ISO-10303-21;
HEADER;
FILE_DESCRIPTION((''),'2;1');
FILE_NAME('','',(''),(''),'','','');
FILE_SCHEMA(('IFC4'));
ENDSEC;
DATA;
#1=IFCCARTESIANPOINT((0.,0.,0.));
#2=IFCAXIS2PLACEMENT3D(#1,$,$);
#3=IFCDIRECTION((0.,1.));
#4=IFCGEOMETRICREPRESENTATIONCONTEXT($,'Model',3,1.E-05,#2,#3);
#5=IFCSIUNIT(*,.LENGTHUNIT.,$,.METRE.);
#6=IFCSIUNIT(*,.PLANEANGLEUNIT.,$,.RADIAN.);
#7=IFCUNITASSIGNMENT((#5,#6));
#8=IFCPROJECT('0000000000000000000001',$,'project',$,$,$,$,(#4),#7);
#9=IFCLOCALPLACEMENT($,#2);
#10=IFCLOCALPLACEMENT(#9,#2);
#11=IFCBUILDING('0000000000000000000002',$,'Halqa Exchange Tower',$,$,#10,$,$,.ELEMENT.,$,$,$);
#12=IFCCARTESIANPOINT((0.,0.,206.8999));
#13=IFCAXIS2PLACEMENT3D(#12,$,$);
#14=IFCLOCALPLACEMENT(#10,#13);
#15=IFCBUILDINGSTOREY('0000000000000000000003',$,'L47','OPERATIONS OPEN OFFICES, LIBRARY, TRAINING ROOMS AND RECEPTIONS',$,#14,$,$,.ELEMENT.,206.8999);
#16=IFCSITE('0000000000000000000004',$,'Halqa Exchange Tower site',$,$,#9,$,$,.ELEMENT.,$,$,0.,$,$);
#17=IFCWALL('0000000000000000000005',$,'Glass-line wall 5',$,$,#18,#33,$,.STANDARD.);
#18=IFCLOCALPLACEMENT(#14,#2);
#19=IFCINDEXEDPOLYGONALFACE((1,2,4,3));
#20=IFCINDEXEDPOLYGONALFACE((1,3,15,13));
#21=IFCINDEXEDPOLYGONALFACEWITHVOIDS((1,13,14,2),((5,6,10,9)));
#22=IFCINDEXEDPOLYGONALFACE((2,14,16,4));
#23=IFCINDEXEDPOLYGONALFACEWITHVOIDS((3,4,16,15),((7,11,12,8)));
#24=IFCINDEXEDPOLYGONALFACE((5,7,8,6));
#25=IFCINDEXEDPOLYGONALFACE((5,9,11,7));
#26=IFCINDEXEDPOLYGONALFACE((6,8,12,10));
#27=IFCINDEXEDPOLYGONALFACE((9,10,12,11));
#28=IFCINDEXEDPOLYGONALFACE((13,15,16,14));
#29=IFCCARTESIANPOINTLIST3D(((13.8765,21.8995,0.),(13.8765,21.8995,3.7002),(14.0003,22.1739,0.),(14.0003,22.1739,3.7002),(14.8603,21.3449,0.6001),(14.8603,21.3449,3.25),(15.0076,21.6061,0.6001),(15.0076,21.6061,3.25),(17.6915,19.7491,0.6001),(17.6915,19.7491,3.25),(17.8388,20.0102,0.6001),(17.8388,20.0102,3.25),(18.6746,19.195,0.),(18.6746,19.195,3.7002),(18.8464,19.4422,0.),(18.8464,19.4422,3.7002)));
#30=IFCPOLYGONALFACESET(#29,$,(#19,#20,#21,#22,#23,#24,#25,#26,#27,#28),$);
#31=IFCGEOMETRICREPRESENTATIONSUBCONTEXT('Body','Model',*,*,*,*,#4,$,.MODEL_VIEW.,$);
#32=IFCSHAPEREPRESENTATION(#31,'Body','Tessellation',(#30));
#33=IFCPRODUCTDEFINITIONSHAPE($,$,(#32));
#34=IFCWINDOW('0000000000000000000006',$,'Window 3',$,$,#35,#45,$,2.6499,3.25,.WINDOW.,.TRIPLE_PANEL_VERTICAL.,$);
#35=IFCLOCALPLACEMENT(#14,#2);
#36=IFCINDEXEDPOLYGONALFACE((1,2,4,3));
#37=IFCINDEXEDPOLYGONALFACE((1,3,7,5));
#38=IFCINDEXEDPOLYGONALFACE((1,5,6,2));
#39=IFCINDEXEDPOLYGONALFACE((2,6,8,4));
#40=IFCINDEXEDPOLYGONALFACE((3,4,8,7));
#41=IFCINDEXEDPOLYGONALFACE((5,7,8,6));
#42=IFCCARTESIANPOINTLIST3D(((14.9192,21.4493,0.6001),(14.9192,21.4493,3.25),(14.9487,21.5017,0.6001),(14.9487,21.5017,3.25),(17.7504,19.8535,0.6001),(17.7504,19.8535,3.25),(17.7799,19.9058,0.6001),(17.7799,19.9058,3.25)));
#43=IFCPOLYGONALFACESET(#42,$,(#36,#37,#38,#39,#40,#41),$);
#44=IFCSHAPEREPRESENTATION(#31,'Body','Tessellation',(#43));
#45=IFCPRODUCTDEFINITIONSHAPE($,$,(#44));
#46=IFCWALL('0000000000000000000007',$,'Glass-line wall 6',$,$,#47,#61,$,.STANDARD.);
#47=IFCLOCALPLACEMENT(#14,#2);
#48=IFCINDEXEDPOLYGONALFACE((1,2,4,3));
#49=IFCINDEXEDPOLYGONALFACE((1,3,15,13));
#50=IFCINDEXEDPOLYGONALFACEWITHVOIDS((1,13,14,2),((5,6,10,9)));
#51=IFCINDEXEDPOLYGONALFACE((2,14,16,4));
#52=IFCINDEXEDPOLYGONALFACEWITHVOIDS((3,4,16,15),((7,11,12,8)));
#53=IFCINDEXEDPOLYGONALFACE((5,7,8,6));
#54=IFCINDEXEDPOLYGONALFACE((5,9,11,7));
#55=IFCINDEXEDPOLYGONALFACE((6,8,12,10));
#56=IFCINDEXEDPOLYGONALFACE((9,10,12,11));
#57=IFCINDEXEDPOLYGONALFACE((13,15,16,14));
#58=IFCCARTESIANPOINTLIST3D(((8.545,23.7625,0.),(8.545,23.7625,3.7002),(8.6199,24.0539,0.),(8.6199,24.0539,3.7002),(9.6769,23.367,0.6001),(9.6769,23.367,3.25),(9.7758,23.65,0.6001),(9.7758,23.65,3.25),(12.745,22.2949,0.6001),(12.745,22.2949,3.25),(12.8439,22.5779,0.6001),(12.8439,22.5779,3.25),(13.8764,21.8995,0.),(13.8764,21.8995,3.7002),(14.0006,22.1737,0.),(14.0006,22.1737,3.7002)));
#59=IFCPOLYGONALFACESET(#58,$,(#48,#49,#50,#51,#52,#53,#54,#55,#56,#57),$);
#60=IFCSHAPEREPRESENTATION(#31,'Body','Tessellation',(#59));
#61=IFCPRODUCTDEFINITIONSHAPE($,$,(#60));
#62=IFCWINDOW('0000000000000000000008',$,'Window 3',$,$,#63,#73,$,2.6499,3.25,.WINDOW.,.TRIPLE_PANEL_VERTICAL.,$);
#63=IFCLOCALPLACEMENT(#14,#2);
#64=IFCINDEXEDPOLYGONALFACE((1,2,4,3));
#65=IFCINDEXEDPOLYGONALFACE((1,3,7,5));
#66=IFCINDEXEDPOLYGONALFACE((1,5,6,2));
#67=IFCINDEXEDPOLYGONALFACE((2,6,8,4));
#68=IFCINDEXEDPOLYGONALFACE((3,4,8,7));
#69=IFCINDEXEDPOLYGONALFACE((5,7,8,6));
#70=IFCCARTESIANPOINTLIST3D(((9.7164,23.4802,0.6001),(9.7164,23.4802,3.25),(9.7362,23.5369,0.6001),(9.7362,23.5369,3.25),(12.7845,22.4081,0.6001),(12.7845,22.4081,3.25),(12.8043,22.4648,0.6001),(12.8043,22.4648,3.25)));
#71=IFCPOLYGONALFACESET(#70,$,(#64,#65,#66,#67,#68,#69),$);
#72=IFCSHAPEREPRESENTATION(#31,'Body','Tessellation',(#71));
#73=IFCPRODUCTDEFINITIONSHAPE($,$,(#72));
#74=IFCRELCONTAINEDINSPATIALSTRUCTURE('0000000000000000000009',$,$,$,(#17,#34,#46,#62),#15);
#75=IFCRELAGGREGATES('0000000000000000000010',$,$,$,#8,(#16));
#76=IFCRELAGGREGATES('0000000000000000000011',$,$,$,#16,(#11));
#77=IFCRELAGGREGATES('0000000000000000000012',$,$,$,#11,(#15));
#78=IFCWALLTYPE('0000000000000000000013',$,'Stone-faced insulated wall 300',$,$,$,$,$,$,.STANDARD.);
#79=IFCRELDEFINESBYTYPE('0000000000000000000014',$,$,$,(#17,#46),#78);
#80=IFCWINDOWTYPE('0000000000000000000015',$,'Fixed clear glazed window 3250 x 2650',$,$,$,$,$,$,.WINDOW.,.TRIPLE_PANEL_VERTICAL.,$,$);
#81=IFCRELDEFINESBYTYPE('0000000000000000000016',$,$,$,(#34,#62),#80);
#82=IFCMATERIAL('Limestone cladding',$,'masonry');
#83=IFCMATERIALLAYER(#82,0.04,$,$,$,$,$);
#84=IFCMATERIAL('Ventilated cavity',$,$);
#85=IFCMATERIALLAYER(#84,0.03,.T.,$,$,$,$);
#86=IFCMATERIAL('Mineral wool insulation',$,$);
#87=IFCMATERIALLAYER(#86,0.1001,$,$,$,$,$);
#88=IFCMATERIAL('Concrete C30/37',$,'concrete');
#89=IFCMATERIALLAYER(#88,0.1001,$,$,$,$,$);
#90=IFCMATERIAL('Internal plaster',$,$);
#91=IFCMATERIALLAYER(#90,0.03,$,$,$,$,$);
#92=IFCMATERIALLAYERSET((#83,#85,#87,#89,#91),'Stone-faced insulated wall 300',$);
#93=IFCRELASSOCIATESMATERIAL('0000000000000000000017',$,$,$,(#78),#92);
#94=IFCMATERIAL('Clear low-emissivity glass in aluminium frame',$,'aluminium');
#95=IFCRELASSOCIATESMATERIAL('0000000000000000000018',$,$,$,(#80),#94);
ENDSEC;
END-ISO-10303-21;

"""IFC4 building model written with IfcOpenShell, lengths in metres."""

from ifc_helpers import new_model, si_unit, direction, frame, frame_2d, origin, place, context, subcontext, project, spatial, polyline, rectangle, outline, extrude, material, layer, layer_set, type_object, element, fill, save


model = new_model("IFC4")

# Units and contexts
model_context = context("Model", 3, precision=1e-05, world=origin(), true_north=direction((0.0, 1.0)))
body_context = subcontext(model_context, "Body", "Model", "MODEL_VIEW")
ifc_project = project(units=[si_unit("LENGTHUNIT", "METRE"), si_unit("PLANEANGLEUNIT", "RADIAN")], contexts=[model_context])

# Site, building, storey
site_placement = place(None, origin())
site = spatial("IfcSite", under=ifc_project, at=site_placement, Name="Halqa Exchange Tower site", CompositionType="ELEMENT", RefElevation=0.0)
building_placement = place(site_placement, origin())
building = spatial("IfcBuilding", under=site, at=building_placement, Name="Halqa Exchange Tower", CompositionType="ELEMENT")
storey_placement = place(building_placement, frame((0.0, 0.0, 206.8999)))
storey = spatial("IfcBuildingStorey", under=building, at=storey_placement, Name="L47", Description="OPERATIONS OPEN OFFICES, LIBRARY, TRAINING ROOMS AND RECEPTIONS", CompositionType="ELEMENT", Elevation=206.8999)

# Shared definitions
ifc_material_1 = material(Name="Limestone cladding", Category="masonry")
ifc_layer_1 = layer(ifc_material_1, 0.04)
ifc_material_2 = material(Name="Ventilated cavity")
ifc_layer_2 = layer(ifc_material_2, 0.03, ventilated=True)
ifc_material_3 = material(Name="Mineral wool insulation")
ifc_layer_3 = layer(ifc_material_3, 0.1001)
ifc_material_4 = material(Name="Concrete C30/37", Category="concrete")
ifc_layer_4 = layer(ifc_material_4, 0.1001)
ifc_material_5 = material(Name="Internal plaster")
ifc_layer_5 = layer(ifc_material_5, 0.03)
ifc_layer_set = layer_set([ifc_layer_1, ifc_layer_2, ifc_layer_3, ifc_layer_4, ifc_layer_5], Name="Stone-faced insulated wall 300")
wall_type = type_object("IfcWallType", Name="Stone-faced insulated wall 300", PredefinedType="STANDARD", material=ifc_layer_set)
ifc_material_6 = material(Name="Clear low-emissivity glass in aluminium frame", Category="aluminium")

# Walls, openings, windows
wall_1_placement = place(storey_placement, frame((18.7605, 19.3186, 0.0), z_axis=(0.0, 0.0, 1.0), x_axis=(-0.871141, 0.491034, 0.0)))
wall_1 = element("IfcWall", 1, at=wall_1_placement, inside=storey, type_object=wall_type, Name="Glass-line wall 5", PredefinedType="STANDARD", context=body_context, shape_type="SweptSolid", body=[
    extrude(outline(polyline([(-0.0142, -0.1499), (5.5488, -0.1499), (5.522, 0.1499), (0.0142, 0.1499), (-0.0142, -0.1499)])), origin(), (0.0, 0.0, 1.0), 3.7002),
])
opening_1_placement = place(wall_1_placement, frame((1.1426, 0.0, 0.6001)))
opening_1 = element("IfcOpeningElement", 2, at=opening_1_placement, cuts=wall_1, PredefinedType="OPENING", context=body_context, shape_type="SweptSolid", body=[
    extrude(rectangle(XDim=3.25, YDim=2.6499, at=frame_2d((1.625, 1.325))), frame((0.0, 0.1621, 0.0), z_axis=(0.0, -1.0, 0.0), x_axis=(1.0, 0.0, 0.0)), (0.0, 0.0, 1.0), 0.324),
])
window_type = type_object("IfcWindowType", Name="Fixed clear glazed window 3250 x 2650", PartitioningType="TRIPLE_PANEL_VERTICAL", PredefinedType="WINDOW", material=ifc_material_6)
window_1_placement = place(opening_1_placement, origin())
window_1 = element("IfcWindow", 3, at=window_1_placement, inside=storey, type_object=window_type, Name="Window 3", OverallHeight=2.6499, OverallWidth=3.25, PartitioningType="TRIPLE_PANEL_VERTICAL", PredefinedType="WINDOW", context=body_context, shape_type="SweptSolid", body=[
    extrude(rectangle(XDim=3.25, YDim=2.6499, at=frame_2d((1.625, 1.325))), frame((0.0, 0.03, 0.0), z_axis=(0.0, -1.0, 0.0), x_axis=(1.0, 0.0, 0.0)), (0.0, 0.0, 1.0), 0.0601),
])
fill(opening_1, window_1)
wall_2_placement = place(storey_placement, frame((13.9385, 22.0366, 0.0), z_axis=(0.0, 0.0, 1.0), x_axis=(-0.944023, 0.329879, 0.0)))
wall_2 = element("IfcWall", 4, at=wall_2_placement, inside=storey, type_object=wall_type, Name="Glass-line wall 6", PredefinedType="STANDARD", context=body_context, shape_type="SweptSolid", body=[
    extrude(outline(polyline([(-0.0134, -0.1499), (5.6863, -0.1499), (5.6609, 0.1499), (0.0134, 0.1499), (-0.0134, -0.1499)])), origin(), (0.0, 0.0, 1.0), 3.7002),
])
opening_2_placement = place(wall_2_placement, frame((1.2119, 0.0, 0.6001)))
opening_2 = element("IfcOpeningElement", 5, at=opening_2_placement, cuts=wall_2, PredefinedType="OPENING", context=body_context, shape_type="SweptSolid", body=[
    extrude(rectangle(XDim=3.25, YDim=2.6499, at=frame_2d((1.625, 1.325))), frame((0.0, 0.1621, 0.0), z_axis=(0.0, -1.0, 0.0), x_axis=(1.0, 0.0, 0.0)), (0.0, 0.0, 1.0), 0.324),
])
window_2_placement = place(opening_2_placement, origin())
window_2 = element("IfcWindow", 6, at=window_2_placement, inside=storey, type_object=window_type, Name="Window 3", OverallHeight=2.6499, OverallWidth=3.25, PartitioningType="TRIPLE_PANEL_VERTICAL", PredefinedType="WINDOW", context=body_context, shape_type="SweptSolid", body=[
    extrude(rectangle(XDim=3.25, YDim=2.6499, at=frame_2d((1.625, 1.325))), frame((0.0, 0.03, 0.0), z_axis=(0.0, -1.0, 0.0), x_axis=(1.0, 0.0, 0.0)), (0.0, 0.0, 1.0), 0.0601),
])
fill(opening_2, window_2)

save(model, "model.ifc")
